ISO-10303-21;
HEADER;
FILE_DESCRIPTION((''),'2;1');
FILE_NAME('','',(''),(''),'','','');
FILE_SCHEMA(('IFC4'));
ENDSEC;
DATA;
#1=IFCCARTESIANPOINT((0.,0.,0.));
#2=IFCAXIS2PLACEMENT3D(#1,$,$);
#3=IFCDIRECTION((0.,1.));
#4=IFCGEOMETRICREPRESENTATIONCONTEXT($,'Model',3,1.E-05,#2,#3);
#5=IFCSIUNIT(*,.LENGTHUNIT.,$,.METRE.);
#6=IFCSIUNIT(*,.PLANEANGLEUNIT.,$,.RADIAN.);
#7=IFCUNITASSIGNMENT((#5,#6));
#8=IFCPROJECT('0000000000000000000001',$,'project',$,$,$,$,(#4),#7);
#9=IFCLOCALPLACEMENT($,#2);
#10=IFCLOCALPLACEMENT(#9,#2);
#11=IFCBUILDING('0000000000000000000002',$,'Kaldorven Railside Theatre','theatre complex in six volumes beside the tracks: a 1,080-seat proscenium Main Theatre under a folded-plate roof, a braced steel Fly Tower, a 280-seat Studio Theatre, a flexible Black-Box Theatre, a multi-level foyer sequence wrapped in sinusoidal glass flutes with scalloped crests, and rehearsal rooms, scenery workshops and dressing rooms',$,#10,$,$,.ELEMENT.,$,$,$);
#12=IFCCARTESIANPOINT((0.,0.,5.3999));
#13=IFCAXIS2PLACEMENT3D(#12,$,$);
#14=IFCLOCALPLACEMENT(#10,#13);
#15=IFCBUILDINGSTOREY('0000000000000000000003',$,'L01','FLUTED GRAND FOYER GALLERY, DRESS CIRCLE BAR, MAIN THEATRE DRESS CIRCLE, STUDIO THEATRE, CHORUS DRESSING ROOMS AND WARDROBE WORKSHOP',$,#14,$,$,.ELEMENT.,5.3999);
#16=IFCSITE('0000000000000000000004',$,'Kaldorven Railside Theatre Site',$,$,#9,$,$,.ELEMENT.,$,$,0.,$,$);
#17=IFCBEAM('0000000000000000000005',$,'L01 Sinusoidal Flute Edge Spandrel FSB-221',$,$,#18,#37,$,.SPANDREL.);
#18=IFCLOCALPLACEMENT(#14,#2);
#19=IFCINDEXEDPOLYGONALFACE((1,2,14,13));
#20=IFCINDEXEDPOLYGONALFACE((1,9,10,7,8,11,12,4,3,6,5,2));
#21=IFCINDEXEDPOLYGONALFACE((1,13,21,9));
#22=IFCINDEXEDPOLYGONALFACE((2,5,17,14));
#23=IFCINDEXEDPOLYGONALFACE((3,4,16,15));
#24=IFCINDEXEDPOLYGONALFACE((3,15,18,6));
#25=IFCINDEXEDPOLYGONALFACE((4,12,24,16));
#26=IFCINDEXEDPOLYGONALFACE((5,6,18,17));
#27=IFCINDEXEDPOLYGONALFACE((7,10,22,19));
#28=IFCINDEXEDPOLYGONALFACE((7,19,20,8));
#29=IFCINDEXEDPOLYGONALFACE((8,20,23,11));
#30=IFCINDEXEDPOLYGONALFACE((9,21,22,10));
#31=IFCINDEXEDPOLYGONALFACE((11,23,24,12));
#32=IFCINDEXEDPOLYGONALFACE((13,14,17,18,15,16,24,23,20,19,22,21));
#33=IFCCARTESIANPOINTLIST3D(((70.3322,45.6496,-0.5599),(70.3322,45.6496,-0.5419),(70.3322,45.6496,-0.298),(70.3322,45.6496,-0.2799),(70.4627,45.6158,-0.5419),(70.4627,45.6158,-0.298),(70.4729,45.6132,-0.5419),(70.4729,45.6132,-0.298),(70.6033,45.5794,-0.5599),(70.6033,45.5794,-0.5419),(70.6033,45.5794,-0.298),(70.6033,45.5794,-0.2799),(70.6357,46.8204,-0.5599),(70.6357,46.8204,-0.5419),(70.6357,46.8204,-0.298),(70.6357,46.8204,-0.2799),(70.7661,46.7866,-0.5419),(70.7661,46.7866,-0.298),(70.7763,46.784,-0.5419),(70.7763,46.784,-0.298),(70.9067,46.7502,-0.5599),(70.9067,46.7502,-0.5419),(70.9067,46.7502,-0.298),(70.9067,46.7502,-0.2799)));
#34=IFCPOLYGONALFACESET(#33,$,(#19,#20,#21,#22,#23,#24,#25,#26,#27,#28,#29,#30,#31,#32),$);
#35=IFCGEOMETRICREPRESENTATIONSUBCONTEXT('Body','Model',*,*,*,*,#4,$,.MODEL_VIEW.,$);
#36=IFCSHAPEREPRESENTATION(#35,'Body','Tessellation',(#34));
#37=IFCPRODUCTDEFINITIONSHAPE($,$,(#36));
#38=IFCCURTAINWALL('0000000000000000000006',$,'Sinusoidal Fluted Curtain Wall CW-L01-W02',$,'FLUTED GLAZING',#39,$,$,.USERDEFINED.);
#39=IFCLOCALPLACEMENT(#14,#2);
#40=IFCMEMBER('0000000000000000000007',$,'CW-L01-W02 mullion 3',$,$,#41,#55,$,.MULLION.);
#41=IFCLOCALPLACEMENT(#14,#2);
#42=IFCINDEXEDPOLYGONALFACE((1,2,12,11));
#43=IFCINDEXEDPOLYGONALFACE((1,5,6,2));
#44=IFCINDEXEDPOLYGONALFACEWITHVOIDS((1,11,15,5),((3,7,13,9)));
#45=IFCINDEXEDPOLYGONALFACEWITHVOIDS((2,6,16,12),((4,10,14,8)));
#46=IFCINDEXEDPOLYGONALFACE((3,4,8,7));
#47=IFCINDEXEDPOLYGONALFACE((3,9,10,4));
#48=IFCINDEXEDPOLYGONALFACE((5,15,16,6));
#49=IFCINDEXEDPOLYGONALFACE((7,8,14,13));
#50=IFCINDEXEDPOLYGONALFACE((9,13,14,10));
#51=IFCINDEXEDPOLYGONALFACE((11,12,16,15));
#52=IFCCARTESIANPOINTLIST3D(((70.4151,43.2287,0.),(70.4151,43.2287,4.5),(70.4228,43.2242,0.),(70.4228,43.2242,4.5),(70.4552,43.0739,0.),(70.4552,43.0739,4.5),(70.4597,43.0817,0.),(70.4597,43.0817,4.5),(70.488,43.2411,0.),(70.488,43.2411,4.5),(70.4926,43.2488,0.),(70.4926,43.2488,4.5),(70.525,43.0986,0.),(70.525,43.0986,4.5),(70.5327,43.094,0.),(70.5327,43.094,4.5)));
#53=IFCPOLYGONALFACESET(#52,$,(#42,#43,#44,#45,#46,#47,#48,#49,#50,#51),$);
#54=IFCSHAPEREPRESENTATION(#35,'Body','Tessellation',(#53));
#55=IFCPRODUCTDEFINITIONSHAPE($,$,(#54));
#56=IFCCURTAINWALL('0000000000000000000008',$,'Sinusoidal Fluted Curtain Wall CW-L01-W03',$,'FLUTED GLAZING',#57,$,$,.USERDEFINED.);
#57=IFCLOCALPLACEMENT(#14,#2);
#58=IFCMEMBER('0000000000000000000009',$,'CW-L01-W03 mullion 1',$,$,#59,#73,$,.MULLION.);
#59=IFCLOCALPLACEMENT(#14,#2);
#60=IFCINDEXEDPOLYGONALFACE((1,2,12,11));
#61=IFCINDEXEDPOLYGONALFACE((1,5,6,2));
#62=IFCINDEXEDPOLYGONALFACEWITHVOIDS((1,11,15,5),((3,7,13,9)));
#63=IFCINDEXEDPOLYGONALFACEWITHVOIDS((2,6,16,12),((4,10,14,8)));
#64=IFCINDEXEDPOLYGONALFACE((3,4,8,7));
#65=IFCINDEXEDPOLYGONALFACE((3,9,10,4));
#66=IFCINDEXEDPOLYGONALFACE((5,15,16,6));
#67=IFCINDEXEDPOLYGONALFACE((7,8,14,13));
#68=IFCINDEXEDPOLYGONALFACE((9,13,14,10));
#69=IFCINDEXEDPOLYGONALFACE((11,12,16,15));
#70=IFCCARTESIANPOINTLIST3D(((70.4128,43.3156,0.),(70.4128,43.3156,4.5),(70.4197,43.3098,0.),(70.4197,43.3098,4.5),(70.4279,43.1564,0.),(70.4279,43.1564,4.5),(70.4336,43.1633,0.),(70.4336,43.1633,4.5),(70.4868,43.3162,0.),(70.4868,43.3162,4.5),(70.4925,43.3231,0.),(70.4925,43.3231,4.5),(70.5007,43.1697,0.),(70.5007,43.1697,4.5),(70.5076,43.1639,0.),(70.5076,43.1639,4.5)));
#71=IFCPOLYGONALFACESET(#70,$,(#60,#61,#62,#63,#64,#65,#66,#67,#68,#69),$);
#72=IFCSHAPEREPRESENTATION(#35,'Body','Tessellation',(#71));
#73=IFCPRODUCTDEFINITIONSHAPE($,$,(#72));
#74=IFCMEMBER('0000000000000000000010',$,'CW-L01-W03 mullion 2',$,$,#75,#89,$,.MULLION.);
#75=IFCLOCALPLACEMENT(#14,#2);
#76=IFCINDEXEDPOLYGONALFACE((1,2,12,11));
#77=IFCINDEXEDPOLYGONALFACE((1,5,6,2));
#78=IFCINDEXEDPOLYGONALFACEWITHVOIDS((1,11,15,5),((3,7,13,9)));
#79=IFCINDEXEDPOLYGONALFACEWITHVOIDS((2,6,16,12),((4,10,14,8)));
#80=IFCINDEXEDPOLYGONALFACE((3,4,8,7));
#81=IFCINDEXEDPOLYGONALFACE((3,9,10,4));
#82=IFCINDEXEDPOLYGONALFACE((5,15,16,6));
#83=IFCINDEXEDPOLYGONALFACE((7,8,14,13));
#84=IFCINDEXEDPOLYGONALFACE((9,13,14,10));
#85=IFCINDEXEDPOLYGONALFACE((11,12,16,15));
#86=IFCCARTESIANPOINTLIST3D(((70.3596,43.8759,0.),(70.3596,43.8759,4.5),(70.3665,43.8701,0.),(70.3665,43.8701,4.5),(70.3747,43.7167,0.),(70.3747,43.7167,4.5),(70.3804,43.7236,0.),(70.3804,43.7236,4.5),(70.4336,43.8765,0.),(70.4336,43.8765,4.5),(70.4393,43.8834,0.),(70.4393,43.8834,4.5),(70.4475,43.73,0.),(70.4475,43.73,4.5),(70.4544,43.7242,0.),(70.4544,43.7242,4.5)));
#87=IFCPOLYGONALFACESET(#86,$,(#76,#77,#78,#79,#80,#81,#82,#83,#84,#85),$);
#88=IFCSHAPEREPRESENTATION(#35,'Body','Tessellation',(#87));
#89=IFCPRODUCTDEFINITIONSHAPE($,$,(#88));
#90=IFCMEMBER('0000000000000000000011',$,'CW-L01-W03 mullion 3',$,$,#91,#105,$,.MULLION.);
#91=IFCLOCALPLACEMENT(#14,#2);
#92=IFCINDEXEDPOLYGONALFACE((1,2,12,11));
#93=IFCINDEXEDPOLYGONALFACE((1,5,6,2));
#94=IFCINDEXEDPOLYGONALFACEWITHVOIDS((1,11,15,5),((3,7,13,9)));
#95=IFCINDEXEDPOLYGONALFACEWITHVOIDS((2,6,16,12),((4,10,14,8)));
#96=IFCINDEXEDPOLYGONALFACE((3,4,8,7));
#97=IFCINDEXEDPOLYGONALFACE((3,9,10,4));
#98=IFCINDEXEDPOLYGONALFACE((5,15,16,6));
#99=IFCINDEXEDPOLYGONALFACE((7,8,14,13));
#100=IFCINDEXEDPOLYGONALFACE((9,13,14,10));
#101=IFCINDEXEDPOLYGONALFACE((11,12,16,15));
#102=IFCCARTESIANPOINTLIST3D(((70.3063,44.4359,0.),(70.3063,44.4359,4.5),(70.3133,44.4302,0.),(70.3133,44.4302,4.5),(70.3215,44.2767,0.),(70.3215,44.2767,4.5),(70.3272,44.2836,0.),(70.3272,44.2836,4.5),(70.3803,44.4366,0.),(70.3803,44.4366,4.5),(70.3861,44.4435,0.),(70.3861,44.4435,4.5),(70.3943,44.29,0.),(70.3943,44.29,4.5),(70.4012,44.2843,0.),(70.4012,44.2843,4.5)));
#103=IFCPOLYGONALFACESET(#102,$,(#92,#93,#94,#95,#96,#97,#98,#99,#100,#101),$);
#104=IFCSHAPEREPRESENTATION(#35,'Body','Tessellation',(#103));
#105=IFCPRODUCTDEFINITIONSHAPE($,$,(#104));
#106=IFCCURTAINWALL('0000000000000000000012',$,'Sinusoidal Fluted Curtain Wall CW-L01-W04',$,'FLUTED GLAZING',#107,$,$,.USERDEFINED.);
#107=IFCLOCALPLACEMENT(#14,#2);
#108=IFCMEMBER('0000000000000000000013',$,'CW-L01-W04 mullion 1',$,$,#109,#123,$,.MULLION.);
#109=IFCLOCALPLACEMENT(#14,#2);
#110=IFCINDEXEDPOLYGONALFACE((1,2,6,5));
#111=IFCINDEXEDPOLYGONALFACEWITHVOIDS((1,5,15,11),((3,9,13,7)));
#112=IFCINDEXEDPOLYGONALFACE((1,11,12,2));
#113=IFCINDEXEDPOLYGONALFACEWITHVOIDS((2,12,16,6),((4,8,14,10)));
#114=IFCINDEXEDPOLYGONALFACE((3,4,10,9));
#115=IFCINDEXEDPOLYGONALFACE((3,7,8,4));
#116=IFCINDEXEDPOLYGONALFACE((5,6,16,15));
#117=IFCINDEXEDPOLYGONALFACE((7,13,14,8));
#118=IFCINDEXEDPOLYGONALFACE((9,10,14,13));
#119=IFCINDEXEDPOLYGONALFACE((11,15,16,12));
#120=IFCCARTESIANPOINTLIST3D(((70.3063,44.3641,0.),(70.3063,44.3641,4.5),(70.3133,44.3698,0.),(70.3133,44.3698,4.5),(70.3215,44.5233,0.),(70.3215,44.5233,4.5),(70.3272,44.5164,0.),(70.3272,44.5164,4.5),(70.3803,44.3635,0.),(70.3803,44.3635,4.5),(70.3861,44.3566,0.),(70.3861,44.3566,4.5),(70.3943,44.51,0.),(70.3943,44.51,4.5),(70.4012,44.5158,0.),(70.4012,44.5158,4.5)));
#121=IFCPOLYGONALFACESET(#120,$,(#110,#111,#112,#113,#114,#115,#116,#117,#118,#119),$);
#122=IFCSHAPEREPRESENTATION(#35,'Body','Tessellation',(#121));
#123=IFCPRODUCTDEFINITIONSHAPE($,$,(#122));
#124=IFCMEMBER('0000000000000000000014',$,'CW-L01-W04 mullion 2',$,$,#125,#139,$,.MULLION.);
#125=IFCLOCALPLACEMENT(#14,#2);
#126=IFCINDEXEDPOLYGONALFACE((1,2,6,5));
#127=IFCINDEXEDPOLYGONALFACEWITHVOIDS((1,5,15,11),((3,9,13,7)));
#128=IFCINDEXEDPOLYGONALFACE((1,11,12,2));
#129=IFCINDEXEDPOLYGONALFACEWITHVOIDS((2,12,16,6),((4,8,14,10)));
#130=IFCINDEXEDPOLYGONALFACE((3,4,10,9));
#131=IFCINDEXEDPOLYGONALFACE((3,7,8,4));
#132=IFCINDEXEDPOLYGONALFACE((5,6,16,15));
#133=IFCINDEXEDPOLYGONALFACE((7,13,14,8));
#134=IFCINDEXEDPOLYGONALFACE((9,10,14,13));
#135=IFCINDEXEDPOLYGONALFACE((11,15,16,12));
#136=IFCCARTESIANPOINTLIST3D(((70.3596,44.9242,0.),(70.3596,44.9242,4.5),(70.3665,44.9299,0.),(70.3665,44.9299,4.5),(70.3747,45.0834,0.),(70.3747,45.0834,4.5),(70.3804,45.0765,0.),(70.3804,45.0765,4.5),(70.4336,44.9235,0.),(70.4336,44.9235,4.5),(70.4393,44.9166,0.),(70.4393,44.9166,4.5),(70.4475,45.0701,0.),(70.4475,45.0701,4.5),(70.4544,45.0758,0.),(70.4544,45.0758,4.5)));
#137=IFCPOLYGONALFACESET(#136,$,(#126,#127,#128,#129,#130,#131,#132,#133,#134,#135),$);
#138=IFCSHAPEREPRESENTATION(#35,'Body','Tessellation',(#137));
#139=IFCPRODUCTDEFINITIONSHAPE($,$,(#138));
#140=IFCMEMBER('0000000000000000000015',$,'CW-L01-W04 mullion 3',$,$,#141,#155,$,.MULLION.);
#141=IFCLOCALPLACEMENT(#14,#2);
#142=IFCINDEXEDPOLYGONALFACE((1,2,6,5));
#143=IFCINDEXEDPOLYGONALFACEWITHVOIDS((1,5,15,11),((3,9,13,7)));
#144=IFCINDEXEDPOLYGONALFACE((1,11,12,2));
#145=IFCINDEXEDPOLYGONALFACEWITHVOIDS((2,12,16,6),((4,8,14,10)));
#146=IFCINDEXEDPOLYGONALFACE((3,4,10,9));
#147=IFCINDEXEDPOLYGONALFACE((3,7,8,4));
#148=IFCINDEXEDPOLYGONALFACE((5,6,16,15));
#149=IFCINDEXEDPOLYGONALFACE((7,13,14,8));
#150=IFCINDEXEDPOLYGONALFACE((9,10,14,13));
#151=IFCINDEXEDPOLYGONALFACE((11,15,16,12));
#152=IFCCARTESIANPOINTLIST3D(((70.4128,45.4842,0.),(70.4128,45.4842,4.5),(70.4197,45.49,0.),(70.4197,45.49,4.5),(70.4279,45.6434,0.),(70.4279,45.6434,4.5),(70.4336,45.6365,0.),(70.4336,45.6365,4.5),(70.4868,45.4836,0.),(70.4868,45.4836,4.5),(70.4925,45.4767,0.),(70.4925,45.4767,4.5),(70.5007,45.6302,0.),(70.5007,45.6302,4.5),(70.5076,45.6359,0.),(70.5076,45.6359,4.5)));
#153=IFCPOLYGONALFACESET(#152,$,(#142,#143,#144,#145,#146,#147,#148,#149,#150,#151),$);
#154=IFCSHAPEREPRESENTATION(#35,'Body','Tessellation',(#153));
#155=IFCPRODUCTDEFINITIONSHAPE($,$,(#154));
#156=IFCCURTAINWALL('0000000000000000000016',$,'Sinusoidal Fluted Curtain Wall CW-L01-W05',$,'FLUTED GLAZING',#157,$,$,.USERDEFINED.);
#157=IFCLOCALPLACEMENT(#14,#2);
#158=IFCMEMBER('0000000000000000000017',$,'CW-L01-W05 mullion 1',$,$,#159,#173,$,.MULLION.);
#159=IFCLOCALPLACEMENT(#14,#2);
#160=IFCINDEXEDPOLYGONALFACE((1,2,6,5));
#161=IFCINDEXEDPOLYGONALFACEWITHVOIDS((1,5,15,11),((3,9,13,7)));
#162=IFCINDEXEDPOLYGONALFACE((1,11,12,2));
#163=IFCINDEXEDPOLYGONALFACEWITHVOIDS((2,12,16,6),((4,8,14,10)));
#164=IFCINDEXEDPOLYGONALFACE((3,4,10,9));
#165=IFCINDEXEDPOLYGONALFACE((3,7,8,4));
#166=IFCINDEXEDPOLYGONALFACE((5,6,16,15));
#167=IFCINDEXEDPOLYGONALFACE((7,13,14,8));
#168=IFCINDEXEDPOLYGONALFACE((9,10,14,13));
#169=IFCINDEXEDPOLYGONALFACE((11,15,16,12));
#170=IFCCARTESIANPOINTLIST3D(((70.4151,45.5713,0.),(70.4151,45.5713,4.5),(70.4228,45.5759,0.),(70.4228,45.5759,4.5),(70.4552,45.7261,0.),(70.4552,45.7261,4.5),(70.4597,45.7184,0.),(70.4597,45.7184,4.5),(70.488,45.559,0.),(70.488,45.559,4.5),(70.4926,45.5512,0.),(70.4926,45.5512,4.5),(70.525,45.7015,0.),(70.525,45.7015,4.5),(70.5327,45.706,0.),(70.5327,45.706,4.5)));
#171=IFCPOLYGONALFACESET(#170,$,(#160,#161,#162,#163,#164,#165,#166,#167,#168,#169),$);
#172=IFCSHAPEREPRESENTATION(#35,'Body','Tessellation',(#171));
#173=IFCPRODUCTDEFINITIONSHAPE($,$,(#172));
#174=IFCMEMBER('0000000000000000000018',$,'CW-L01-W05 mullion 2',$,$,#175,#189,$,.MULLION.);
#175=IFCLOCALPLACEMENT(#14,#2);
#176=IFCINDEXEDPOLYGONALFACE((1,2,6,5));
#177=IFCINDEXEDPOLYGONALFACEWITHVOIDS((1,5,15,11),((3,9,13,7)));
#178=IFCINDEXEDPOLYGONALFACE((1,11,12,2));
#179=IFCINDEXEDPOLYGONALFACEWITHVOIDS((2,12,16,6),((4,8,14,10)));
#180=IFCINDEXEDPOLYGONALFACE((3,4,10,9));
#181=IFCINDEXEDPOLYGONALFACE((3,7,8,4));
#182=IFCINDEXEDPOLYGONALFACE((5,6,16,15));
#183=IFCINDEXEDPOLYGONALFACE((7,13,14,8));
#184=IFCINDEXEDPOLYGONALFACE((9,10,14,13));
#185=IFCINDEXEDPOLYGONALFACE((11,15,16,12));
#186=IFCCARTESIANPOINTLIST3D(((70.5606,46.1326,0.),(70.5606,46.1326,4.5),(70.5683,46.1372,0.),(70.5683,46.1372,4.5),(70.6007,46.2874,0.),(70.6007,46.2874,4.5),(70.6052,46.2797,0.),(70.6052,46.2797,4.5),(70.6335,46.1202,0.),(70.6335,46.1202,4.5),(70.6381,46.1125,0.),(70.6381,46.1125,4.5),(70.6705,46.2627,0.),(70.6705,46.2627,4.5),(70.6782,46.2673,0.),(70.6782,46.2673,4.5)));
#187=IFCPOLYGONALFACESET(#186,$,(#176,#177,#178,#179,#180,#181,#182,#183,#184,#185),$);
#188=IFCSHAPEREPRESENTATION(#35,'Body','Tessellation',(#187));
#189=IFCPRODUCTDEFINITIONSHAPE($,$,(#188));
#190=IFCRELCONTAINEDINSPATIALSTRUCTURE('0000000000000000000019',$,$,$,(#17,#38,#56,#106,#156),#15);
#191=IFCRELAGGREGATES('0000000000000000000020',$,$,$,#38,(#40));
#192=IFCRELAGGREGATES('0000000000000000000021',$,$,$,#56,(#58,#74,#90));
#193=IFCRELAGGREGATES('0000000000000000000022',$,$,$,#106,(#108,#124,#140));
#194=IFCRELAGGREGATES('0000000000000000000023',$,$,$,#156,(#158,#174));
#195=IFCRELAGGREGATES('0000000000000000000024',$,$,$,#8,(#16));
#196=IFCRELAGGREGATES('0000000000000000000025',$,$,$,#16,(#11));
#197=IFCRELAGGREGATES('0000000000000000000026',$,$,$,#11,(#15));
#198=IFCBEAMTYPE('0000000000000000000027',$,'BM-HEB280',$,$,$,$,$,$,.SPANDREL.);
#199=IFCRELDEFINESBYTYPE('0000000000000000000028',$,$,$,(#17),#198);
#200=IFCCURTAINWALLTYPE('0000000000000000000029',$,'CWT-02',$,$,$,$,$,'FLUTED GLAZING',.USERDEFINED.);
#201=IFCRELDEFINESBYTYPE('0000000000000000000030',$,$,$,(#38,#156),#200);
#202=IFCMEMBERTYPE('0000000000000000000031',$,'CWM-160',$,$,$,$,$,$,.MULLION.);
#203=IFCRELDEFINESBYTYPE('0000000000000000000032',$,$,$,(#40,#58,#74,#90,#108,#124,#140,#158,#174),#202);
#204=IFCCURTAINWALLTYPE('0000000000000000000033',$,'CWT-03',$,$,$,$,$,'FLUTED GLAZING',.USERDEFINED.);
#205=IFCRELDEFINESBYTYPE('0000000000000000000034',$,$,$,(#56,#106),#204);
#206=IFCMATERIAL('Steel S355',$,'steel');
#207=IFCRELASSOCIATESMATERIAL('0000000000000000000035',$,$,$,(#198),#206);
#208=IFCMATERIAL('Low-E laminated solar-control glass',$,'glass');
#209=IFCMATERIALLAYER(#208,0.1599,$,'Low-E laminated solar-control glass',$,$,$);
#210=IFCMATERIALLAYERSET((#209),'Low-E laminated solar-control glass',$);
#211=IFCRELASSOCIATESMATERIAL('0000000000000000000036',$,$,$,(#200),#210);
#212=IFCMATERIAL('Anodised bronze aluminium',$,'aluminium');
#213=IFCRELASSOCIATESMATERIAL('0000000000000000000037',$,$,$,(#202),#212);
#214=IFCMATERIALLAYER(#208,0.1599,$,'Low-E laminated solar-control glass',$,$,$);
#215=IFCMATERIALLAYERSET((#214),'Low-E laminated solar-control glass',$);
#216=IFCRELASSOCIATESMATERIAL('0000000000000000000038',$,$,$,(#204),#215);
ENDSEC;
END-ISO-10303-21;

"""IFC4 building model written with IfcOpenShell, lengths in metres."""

from ifc_helpers import new_model, si_unit, direction, frame, origin, origin_2d, place, context, subcontext, project, spatial, hollow_rectangle, i_section, extrude, material, layer, layer_set, material_profile, profile_set, type_object, element, aggregate, save


model = new_model("IFC4")

# Units and contexts
model_context = context("Model", 3, precision=1e-05, world=origin(), true_north=direction((0.0, 1.0)))
body_context = subcontext(model_context, "Body", "Model", "MODEL_VIEW")
ifc_project = project(units=[si_unit("LENGTHUNIT", "METRE"), si_unit("PLANEANGLEUNIT", "RADIAN")], contexts=[model_context])

# Site, building, storey
site_placement = place(None, origin())
site = spatial("IfcSite", under=ifc_project, at=site_placement, Name="Kaldorven Railside Theatre Site", CompositionType="ELEMENT", RefElevation=0.0)
building_placement = place(site_placement, origin())
building = spatial("IfcBuilding", under=site, at=building_placement, Name="Kaldorven Railside Theatre", Description="theatre complex in six volumes beside the tracks: a 1,080-seat proscenium Main Theatre under a folded-plate roof, a braced steel Fly Tower, a 280-seat Studio Theatre, a flexible Black-Box Theatre, a multi-level foyer sequence wrapped in sinusoidal glass flutes with scalloped crests, and rehearsal rooms, scenery workshops and dressing rooms", CompositionType="ELEMENT")
storey_placement = place(building_placement, frame((0.0, 0.0, 5.3999)))
storey = spatial("IfcBuildingStorey", under=building, at=storey_placement, Name="L01", Description="FLUTED GRAND FOYER GALLERY, DRESS CIRCLE BAR, MAIN THEATRE DRESS CIRCLE, STUDIO THEATRE, CHORUS DRESSING ROOMS AND WARDROBE WORKSHOP", CompositionType="ELEMENT", Elevation=5.3999)

# Shared definitions
ifc_material_1 = material(Name="Steel S355", Category="steel")

# Beam
ifc_material_profile_1 = material_profile(ifc_material_1, i_section(OverallWidth=0.28, OverallDepth=0.28, WebThickness=0.0105, FlangeThickness=0.0181, at=origin_2d()), Name="HEB 280")
ifc_profile_set_1 = profile_set([ifc_material_profile_1], Name="Steel S355")
beam_type = type_object("IfcBeamType", Name="BM-HEB280", PredefinedType="SPANDREL", material=ifc_profile_set_1)
beam_1_placement = place(storey_placement, frame((70.4678, 45.6145, -0.4199), z_axis=(0.250885, 0.968017, 0.0), x_axis=(-0.968017, 0.250885, 0.0)))
element("IfcBeam", 1, at=beam_1_placement, inside=storey, type_object=beam_type, Name="L01 Sinusoidal Flute Edge Spandrel FSB-221", PredefinedType="SPANDREL", context=body_context, shape_type="SweptSolid", body=[
    extrude(i_section(OverallWidth=0.28, OverallDepth=0.28, WebThickness=0.0105, FlangeThickness=0.0181, at=origin_2d()), origin(), (0.0, 0.0, 1.0), 1.2095),
])

# Curtain wall, member
ifc_material_2 = material(Name="Low-E laminated solar-control glass", Category="glass")
ifc_layer_1 = layer(ifc_material_2, 0.1599, Name="Low-E laminated solar-control glass")
ifc_layer_set_1 = layer_set([ifc_layer_1], Name="Low-E laminated solar-control glass")
curtain_wall_type_1 = type_object("IfcCurtainWallType", Name="CWT-02", ElementType="FLUTED GLAZING", PredefinedType="USERDEFINED", material=ifc_layer_set_1)
curtain_wall_1_placement = place(storey_placement, origin())
curtain_wall_1 = element("IfcCurtainWall", 2, at=curtain_wall_1_placement, inside=storey, type_object=curtain_wall_type_1, Name="Sinusoidal Fluted Curtain Wall CW-L01-W02", ObjectType="FLUTED GLAZING", PredefinedType="USERDEFINED")
ifc_material_3 = material(Name="Anodised bronze aluminium", Category="aluminium")
ifc_material_profile_2 = material_profile(ifc_material_3, hollow_rectangle(XDim=0.0801, YDim=0.1599, WallThickness=0.0063, at=origin_2d()), Name="RHS 160x80x6.3")
ifc_profile_set_2 = profile_set([ifc_material_profile_2], Name="Anodised bronze aluminium")
member_type_1 = type_object("IfcMemberType", Name="CWM-160", PredefinedType="MULLION", material=ifc_profile_set_2)
member_1_placement = place(storey_placement, frame((70.4739, 43.1614, 0.0), z_axis=(0.0, 0.0, 1.0), x_axis=(-0.967999, -0.250954, 0.0)))
member_1 = element("IfcMember", 3, at=member_1_placement, type_object=member_type_1, Name="CW-L01-W02 mullion 3", PredefinedType="MULLION", context=body_context, shape_type="SweptSolid", body=[
    extrude(hollow_rectangle(XDim=0.0801, YDim=0.1599, WallThickness=0.0063, at=origin_2d()), origin(), (0.0, 0.0, 1.0), 4.5),
])

# Curtain walls, members
ifc_layer_2 = layer(ifc_material_2, 0.1599, Name="Low-E laminated solar-control glass")
ifc_layer_set_2 = layer_set([ifc_layer_2], Name="Low-E laminated solar-control glass")
curtain_wall_type_2 = type_object("IfcCurtainWallType", Name="CWT-03", ElementType="FLUTED GLAZING", PredefinedType="USERDEFINED", material=ifc_layer_set_2)
curtain_wall_2_placement = place(storey_placement, origin())
curtain_wall_2 = element("IfcCurtainWall", 4, at=curtain_wall_2_placement, inside=storey, type_object=curtain_wall_type_2, Name="Sinusoidal Fluted Curtain Wall CW-L01-W03", ObjectType="FLUTED GLAZING", PredefinedType="USERDEFINED")
member_2_placement = place(storey_placement, frame((70.4602, 43.2397, 0.0), z_axis=(0.0, 0.0, 1.0), x_axis=(-0.995526, -0.094492, 0.0)))
member_2 = element("IfcMember", 5, at=member_2_placement, type_object=member_type_1, Name="CW-L01-W03 mullion 1", PredefinedType="MULLION", context=body_context, shape_type="SweptSolid", body=[
    extrude(hollow_rectangle(XDim=0.0801, YDim=0.1599, WallThickness=0.0063, at=origin_2d()), origin(), (0.0, 0.0, 1.0), 4.5),
])
member_3_placement = place(storey_placement, frame((70.407, 43.8, 0.0), z_axis=(0.0, 0.0, 1.0), x_axis=(-0.995526, -0.094492, 0.0)))
member_3 = element("IfcMember", 6, at=member_3_placement, type_object=member_type_1, Name="CW-L01-W03 mullion 2", PredefinedType="MULLION", context=body_context, shape_type="SweptSolid", body=[
    extrude(hollow_rectangle(XDim=0.0801, YDim=0.1599, WallThickness=0.0063, at=origin_2d()), origin(), (0.0, 0.0, 1.0), 4.5),
])
member_4_placement = place(storey_placement, frame((70.3538, 44.3601, 0.0), z_axis=(0.0, 0.0, 1.0), x_axis=(-0.995526, -0.094492, 0.0)))
member_4 = element("IfcMember", 7, at=member_4_placement, type_object=member_type_1, Name="CW-L01-W03 mullion 3", PredefinedType="MULLION", context=body_context, shape_type="SweptSolid", body=[
    extrude(hollow_rectangle(XDim=0.0801, YDim=0.1599, WallThickness=0.0063, at=origin_2d()), origin(), (0.0, 0.0, 1.0), 4.5),
])
curtain_wall_3_placement = place(storey_placement, origin())
curtain_wall_3 = element("IfcCurtainWall", 8, at=curtain_wall_3_placement, inside=storey, type_object=curtain_wall_type_2, Name="Sinusoidal Fluted Curtain Wall CW-L01-W04", ObjectType="FLUTED GLAZING", PredefinedType="USERDEFINED")
member_5_placement = place(storey_placement, frame((70.3538, 44.4399, 0.0), z_axis=(0.0, 0.0, 1.0), x_axis=(-0.995526, 0.094492, 0.0)))
member_5 = element("IfcMember", 9, at=member_5_placement, type_object=member_type_1, Name="CW-L01-W04 mullion 1", PredefinedType="MULLION", context=body_context, shape_type="SweptSolid", body=[
    extrude(hollow_rectangle(XDim=0.0801, YDim=0.1599, WallThickness=0.0063, at=origin_2d()), origin(), (0.0, 0.0, 1.0), 4.5),
])
member_6_placement = place(storey_placement, frame((70.407, 45.0, 0.0), z_axis=(0.0, 0.0, 1.0), x_axis=(-0.995526, 0.094492, 0.0)))
member_6 = element("IfcMember", 10, at=member_6_placement, type_object=member_type_1, Name="CW-L01-W04 mullion 2", PredefinedType="MULLION", context=body_context, shape_type="SweptSolid", body=[
    extrude(hollow_rectangle(XDim=0.0801, YDim=0.1599, WallThickness=0.0063, at=origin_2d()), origin(), (0.0, 0.0, 1.0), 4.5),
])
member_7_placement = place(storey_placement, frame((70.4602, 45.5601, 0.0), z_axis=(0.0, 0.0, 1.0), x_axis=(-0.995526, 0.094492, 0.0)))
member_7 = element("IfcMember", 11, at=member_7_placement, type_object=member_type_1, Name="CW-L01-W04 mullion 3", PredefinedType="MULLION", context=body_context, shape_type="SweptSolid", body=[
    extrude(hollow_rectangle(XDim=0.0801, YDim=0.1599, WallThickness=0.0063, at=origin_2d()), origin(), (0.0, 0.0, 1.0), 4.5),
])
curtain_wall_4_placement = place(storey_placement, origin())
curtain_wall_4 = element("IfcCurtainWall", 12, at=curtain_wall_4_placement, inside=storey, type_object=curtain_wall_type_1, Name="Sinusoidal Fluted Curtain Wall CW-L01-W05", ObjectType="FLUTED GLAZING", PredefinedType="USERDEFINED")
member_8_placement = place(storey_placement, frame((70.4739, 45.6387, 0.0), z_axis=(0.0, 0.0, 1.0), x_axis=(-0.967999, 0.250954, 0.0)))
member_8 = element("IfcMember", 13, at=member_8_placement, type_object=member_type_1, Name="CW-L01-W05 mullion 1", PredefinedType="MULLION", context=body_context, shape_type="SweptSolid", body=[
    extrude(hollow_rectangle(XDim=0.0801, YDim=0.1599, WallThickness=0.0063, at=origin_2d()), origin(), (0.0, 0.0, 1.0), 4.5),
])
member_9_placement = place(storey_placement, frame((70.6194, 46.2, 0.0), z_axis=(0.0, 0.0, 1.0), x_axis=(-0.967999, 0.250954, 0.0)))
member_9 = element("IfcMember", 14, at=member_9_placement, type_object=member_type_1, Name="CW-L01-W05 mullion 2", PredefinedType="MULLION", context=body_context, shape_type="SweptSolid", body=[
    extrude(hollow_rectangle(XDim=0.0801, YDim=0.1599, WallThickness=0.0063, at=origin_2d()), origin(), (0.0, 0.0, 1.0), 4.5),
])

aggregate(curtain_wall_1, [member_1])
aggregate(curtain_wall_2, [member_2, member_3, member_4])
aggregate(curtain_wall_3, [member_5, member_6, member_7])
aggregate(curtain_wall_4, [member_8, member_9])

save(model, "model.ifc")
